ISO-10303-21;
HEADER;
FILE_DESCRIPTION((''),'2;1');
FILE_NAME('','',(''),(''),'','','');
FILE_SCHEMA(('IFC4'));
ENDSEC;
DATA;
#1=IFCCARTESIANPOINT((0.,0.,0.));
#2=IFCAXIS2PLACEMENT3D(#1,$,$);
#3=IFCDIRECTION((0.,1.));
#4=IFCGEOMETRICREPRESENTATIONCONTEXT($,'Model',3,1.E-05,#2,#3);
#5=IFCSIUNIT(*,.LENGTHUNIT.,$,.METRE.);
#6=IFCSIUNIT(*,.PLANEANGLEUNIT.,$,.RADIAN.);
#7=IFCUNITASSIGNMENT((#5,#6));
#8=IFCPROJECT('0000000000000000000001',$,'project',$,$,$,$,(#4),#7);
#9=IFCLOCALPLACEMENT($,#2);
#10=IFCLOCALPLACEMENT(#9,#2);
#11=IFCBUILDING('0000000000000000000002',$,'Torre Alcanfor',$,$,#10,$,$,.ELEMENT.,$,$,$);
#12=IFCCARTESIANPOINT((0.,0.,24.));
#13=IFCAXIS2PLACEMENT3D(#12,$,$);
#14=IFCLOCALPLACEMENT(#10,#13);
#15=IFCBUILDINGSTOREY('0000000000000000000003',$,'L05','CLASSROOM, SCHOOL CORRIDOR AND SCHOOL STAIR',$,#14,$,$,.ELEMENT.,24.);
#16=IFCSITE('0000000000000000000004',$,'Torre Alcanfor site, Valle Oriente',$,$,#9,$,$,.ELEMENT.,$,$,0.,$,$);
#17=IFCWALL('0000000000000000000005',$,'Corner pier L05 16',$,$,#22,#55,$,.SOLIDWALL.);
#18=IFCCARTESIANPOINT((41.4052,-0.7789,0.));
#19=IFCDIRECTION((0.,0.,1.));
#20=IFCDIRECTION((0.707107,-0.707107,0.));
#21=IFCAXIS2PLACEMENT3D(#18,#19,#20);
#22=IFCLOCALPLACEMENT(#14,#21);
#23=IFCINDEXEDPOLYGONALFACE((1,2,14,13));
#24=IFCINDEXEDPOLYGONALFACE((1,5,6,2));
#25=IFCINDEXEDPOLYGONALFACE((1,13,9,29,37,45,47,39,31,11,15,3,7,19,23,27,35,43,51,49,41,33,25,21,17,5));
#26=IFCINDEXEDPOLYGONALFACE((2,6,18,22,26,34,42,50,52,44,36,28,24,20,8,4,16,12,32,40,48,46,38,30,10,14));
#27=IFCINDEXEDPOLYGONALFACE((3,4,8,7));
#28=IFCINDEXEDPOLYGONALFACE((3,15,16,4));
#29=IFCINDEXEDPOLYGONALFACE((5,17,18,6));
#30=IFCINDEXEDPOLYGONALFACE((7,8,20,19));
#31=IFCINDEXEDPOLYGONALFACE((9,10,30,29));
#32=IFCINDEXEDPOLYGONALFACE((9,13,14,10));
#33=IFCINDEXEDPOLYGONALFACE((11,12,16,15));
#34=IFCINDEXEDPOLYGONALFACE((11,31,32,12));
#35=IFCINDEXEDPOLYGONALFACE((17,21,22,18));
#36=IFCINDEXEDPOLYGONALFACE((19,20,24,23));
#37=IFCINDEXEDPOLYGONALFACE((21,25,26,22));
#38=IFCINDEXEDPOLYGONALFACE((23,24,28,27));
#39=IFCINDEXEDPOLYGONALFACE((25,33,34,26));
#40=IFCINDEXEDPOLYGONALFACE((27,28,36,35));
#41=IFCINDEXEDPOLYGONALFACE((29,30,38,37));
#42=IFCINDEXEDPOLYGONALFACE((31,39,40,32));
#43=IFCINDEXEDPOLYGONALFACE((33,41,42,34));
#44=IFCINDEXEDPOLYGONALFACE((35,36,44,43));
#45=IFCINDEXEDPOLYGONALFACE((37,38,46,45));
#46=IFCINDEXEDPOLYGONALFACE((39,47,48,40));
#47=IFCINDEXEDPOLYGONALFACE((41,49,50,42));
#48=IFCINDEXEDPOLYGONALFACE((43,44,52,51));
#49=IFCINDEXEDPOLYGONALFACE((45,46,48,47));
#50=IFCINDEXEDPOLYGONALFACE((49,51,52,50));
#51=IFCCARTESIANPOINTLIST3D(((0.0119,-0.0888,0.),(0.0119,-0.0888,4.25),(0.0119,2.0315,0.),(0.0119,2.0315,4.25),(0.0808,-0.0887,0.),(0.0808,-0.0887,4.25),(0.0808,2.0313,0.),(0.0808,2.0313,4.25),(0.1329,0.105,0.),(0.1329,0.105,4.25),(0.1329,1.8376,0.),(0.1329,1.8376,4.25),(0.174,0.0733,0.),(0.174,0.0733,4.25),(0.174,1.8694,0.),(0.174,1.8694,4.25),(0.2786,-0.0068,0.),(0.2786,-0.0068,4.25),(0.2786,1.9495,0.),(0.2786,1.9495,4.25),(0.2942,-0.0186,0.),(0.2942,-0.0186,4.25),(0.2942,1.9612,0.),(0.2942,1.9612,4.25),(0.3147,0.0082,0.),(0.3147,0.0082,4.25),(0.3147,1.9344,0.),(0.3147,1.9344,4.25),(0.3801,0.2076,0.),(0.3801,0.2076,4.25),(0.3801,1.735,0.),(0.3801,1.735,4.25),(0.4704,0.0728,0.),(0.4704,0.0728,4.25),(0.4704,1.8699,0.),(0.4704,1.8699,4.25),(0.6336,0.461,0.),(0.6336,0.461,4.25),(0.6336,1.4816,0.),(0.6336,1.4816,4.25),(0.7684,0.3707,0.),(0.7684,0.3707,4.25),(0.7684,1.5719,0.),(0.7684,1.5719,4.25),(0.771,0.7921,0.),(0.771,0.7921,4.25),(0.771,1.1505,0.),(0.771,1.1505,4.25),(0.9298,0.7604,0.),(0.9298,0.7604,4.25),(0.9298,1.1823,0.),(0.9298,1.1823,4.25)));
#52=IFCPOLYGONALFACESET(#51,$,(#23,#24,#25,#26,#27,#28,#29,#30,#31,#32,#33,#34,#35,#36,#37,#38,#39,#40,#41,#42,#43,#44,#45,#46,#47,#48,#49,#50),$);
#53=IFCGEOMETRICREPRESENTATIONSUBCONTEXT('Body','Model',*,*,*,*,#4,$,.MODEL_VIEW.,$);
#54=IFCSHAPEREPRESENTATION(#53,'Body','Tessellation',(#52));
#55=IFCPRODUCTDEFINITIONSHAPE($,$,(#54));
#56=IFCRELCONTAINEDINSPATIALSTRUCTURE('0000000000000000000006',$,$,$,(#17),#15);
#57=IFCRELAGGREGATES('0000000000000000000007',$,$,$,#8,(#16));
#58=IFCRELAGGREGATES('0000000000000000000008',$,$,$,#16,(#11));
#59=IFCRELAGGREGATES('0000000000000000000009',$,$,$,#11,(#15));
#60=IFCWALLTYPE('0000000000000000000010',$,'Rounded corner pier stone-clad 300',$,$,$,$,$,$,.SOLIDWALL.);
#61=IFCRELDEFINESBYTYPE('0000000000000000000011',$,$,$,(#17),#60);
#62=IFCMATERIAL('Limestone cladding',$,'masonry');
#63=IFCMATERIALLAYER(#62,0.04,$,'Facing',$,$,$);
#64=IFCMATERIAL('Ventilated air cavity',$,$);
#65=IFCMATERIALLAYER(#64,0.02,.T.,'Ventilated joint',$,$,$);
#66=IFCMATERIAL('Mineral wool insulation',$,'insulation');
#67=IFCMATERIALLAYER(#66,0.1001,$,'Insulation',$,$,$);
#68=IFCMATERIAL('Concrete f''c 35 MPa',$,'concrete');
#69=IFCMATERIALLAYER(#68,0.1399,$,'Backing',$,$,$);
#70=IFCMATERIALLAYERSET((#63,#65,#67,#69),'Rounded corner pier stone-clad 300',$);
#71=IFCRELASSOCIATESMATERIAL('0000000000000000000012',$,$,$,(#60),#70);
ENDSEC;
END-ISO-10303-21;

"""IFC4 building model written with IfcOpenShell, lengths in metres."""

from ifc_helpers import new_model, si_unit, direction, frame, origin, place, context, subcontext, project, spatial, polyline, outline, extrude, material, layer, layer_set, type_object, element, save


model = new_model("IFC4")

# Units and contexts
model_context = context("Model", 3, precision=1e-05, world=origin(), true_north=direction((0.0, 1.0)))
body_context = subcontext(model_context, "Body", "Model", "MODEL_VIEW")
ifc_project = project(units=[si_unit("LENGTHUNIT", "METRE"), si_unit("PLANEANGLEUNIT", "RADIAN")], contexts=[model_context])

# Site, building, storey
site_placement = place(None, origin())
site = spatial("IfcSite", under=ifc_project, at=site_placement, Name="Torre Alcanfor site, Valle Oriente", CompositionType="ELEMENT", RefElevation=0.0)
building_placement = place(site_placement, origin())
building = spatial("IfcBuilding", under=site, at=building_placement, Name="Torre Alcanfor", CompositionType="ELEMENT")
storey_placement = place(building_placement, frame((0.0, 0.0, 24.0)))
storey = spatial("IfcBuildingStorey", under=building, at=storey_placement, Name="L05", Description="CLASSROOM, SCHOOL CORRIDOR AND SCHOOL STAIR", CompositionType="ELEMENT", Elevation=24.0)

# Shared definitions
ifc_material_1 = material(Name="Limestone cladding", Category="masonry")
ifc_material_2 = material(Name="Ventilated air cavity")
ifc_material_3 = material(Name="Mineral wool insulation", Category="insulation")
ifc_material_4 = material(Name="Concrete f'c 35 MPa", Category="concrete")

# Wall
ifc_layer_1 = layer(ifc_material_1, 0.04, Name="Facing")
ifc_layer_2 = layer(ifc_material_2, 0.02, ventilated=True, Name="Ventilated joint")
ifc_layer_3 = layer(ifc_material_3, 0.1001, Name="Insulation")
ifc_layer_4 = layer(ifc_material_4, 0.1399, Name="Backing")
ifc_layer_set_1 = layer_set([ifc_layer_1, ifc_layer_2, ifc_layer_3, ifc_layer_4], Name="Rounded corner pier stone-clad 300")
wall_type_1 = type_object("IfcWallType", Name="Rounded corner pier stone-clad 300", PredefinedType="SOLIDWALL", material=ifc_layer_set_1)
wall_1_placement = place(storey_placement, frame((41.4052, -0.7789, 0.0), z_axis=(0.0, 0.0, 1.0), x_axis=(0.707107, -0.707107, 0.0)))
element("IfcWall", 1, at=wall_1_placement, inside=storey, type_object=wall_type_1, Name="Corner pier L05 16", PredefinedType="SOLIDWALL", context=body_context, shape_type="SweptSolid", body=[
    extrude(outline(polyline([(0.2942, 1.9612), (0.2786, 1.9495), (0.0808, 2.0313), (0.0119, 2.0315), (0.174, 1.8694), (0.1329, 1.8376), (0.3801, 1.735), (0.6336, 1.4816), (0.771, 1.1505), (0.771, 0.7921), (0.6336, 0.461), (0.3801, 0.2076), (0.1329, 0.105), (0.174, 0.0733), (0.0119, -0.0888), (0.0808, -0.0887), (0.2786, -0.0068), (0.2942, -0.0186), (0.3147, 0.0082), (0.4704, 0.0728), (0.7684, 0.3707), (0.9298, 0.7604), (0.9298, 1.1823), (0.7684, 1.5719), (0.4704, 1.8699), (0.3147, 1.9344), (0.2942, 1.9612)])), origin(), (0.0, 0.0, 1.0), 4.25),
])

save(model, "model.ifc")
